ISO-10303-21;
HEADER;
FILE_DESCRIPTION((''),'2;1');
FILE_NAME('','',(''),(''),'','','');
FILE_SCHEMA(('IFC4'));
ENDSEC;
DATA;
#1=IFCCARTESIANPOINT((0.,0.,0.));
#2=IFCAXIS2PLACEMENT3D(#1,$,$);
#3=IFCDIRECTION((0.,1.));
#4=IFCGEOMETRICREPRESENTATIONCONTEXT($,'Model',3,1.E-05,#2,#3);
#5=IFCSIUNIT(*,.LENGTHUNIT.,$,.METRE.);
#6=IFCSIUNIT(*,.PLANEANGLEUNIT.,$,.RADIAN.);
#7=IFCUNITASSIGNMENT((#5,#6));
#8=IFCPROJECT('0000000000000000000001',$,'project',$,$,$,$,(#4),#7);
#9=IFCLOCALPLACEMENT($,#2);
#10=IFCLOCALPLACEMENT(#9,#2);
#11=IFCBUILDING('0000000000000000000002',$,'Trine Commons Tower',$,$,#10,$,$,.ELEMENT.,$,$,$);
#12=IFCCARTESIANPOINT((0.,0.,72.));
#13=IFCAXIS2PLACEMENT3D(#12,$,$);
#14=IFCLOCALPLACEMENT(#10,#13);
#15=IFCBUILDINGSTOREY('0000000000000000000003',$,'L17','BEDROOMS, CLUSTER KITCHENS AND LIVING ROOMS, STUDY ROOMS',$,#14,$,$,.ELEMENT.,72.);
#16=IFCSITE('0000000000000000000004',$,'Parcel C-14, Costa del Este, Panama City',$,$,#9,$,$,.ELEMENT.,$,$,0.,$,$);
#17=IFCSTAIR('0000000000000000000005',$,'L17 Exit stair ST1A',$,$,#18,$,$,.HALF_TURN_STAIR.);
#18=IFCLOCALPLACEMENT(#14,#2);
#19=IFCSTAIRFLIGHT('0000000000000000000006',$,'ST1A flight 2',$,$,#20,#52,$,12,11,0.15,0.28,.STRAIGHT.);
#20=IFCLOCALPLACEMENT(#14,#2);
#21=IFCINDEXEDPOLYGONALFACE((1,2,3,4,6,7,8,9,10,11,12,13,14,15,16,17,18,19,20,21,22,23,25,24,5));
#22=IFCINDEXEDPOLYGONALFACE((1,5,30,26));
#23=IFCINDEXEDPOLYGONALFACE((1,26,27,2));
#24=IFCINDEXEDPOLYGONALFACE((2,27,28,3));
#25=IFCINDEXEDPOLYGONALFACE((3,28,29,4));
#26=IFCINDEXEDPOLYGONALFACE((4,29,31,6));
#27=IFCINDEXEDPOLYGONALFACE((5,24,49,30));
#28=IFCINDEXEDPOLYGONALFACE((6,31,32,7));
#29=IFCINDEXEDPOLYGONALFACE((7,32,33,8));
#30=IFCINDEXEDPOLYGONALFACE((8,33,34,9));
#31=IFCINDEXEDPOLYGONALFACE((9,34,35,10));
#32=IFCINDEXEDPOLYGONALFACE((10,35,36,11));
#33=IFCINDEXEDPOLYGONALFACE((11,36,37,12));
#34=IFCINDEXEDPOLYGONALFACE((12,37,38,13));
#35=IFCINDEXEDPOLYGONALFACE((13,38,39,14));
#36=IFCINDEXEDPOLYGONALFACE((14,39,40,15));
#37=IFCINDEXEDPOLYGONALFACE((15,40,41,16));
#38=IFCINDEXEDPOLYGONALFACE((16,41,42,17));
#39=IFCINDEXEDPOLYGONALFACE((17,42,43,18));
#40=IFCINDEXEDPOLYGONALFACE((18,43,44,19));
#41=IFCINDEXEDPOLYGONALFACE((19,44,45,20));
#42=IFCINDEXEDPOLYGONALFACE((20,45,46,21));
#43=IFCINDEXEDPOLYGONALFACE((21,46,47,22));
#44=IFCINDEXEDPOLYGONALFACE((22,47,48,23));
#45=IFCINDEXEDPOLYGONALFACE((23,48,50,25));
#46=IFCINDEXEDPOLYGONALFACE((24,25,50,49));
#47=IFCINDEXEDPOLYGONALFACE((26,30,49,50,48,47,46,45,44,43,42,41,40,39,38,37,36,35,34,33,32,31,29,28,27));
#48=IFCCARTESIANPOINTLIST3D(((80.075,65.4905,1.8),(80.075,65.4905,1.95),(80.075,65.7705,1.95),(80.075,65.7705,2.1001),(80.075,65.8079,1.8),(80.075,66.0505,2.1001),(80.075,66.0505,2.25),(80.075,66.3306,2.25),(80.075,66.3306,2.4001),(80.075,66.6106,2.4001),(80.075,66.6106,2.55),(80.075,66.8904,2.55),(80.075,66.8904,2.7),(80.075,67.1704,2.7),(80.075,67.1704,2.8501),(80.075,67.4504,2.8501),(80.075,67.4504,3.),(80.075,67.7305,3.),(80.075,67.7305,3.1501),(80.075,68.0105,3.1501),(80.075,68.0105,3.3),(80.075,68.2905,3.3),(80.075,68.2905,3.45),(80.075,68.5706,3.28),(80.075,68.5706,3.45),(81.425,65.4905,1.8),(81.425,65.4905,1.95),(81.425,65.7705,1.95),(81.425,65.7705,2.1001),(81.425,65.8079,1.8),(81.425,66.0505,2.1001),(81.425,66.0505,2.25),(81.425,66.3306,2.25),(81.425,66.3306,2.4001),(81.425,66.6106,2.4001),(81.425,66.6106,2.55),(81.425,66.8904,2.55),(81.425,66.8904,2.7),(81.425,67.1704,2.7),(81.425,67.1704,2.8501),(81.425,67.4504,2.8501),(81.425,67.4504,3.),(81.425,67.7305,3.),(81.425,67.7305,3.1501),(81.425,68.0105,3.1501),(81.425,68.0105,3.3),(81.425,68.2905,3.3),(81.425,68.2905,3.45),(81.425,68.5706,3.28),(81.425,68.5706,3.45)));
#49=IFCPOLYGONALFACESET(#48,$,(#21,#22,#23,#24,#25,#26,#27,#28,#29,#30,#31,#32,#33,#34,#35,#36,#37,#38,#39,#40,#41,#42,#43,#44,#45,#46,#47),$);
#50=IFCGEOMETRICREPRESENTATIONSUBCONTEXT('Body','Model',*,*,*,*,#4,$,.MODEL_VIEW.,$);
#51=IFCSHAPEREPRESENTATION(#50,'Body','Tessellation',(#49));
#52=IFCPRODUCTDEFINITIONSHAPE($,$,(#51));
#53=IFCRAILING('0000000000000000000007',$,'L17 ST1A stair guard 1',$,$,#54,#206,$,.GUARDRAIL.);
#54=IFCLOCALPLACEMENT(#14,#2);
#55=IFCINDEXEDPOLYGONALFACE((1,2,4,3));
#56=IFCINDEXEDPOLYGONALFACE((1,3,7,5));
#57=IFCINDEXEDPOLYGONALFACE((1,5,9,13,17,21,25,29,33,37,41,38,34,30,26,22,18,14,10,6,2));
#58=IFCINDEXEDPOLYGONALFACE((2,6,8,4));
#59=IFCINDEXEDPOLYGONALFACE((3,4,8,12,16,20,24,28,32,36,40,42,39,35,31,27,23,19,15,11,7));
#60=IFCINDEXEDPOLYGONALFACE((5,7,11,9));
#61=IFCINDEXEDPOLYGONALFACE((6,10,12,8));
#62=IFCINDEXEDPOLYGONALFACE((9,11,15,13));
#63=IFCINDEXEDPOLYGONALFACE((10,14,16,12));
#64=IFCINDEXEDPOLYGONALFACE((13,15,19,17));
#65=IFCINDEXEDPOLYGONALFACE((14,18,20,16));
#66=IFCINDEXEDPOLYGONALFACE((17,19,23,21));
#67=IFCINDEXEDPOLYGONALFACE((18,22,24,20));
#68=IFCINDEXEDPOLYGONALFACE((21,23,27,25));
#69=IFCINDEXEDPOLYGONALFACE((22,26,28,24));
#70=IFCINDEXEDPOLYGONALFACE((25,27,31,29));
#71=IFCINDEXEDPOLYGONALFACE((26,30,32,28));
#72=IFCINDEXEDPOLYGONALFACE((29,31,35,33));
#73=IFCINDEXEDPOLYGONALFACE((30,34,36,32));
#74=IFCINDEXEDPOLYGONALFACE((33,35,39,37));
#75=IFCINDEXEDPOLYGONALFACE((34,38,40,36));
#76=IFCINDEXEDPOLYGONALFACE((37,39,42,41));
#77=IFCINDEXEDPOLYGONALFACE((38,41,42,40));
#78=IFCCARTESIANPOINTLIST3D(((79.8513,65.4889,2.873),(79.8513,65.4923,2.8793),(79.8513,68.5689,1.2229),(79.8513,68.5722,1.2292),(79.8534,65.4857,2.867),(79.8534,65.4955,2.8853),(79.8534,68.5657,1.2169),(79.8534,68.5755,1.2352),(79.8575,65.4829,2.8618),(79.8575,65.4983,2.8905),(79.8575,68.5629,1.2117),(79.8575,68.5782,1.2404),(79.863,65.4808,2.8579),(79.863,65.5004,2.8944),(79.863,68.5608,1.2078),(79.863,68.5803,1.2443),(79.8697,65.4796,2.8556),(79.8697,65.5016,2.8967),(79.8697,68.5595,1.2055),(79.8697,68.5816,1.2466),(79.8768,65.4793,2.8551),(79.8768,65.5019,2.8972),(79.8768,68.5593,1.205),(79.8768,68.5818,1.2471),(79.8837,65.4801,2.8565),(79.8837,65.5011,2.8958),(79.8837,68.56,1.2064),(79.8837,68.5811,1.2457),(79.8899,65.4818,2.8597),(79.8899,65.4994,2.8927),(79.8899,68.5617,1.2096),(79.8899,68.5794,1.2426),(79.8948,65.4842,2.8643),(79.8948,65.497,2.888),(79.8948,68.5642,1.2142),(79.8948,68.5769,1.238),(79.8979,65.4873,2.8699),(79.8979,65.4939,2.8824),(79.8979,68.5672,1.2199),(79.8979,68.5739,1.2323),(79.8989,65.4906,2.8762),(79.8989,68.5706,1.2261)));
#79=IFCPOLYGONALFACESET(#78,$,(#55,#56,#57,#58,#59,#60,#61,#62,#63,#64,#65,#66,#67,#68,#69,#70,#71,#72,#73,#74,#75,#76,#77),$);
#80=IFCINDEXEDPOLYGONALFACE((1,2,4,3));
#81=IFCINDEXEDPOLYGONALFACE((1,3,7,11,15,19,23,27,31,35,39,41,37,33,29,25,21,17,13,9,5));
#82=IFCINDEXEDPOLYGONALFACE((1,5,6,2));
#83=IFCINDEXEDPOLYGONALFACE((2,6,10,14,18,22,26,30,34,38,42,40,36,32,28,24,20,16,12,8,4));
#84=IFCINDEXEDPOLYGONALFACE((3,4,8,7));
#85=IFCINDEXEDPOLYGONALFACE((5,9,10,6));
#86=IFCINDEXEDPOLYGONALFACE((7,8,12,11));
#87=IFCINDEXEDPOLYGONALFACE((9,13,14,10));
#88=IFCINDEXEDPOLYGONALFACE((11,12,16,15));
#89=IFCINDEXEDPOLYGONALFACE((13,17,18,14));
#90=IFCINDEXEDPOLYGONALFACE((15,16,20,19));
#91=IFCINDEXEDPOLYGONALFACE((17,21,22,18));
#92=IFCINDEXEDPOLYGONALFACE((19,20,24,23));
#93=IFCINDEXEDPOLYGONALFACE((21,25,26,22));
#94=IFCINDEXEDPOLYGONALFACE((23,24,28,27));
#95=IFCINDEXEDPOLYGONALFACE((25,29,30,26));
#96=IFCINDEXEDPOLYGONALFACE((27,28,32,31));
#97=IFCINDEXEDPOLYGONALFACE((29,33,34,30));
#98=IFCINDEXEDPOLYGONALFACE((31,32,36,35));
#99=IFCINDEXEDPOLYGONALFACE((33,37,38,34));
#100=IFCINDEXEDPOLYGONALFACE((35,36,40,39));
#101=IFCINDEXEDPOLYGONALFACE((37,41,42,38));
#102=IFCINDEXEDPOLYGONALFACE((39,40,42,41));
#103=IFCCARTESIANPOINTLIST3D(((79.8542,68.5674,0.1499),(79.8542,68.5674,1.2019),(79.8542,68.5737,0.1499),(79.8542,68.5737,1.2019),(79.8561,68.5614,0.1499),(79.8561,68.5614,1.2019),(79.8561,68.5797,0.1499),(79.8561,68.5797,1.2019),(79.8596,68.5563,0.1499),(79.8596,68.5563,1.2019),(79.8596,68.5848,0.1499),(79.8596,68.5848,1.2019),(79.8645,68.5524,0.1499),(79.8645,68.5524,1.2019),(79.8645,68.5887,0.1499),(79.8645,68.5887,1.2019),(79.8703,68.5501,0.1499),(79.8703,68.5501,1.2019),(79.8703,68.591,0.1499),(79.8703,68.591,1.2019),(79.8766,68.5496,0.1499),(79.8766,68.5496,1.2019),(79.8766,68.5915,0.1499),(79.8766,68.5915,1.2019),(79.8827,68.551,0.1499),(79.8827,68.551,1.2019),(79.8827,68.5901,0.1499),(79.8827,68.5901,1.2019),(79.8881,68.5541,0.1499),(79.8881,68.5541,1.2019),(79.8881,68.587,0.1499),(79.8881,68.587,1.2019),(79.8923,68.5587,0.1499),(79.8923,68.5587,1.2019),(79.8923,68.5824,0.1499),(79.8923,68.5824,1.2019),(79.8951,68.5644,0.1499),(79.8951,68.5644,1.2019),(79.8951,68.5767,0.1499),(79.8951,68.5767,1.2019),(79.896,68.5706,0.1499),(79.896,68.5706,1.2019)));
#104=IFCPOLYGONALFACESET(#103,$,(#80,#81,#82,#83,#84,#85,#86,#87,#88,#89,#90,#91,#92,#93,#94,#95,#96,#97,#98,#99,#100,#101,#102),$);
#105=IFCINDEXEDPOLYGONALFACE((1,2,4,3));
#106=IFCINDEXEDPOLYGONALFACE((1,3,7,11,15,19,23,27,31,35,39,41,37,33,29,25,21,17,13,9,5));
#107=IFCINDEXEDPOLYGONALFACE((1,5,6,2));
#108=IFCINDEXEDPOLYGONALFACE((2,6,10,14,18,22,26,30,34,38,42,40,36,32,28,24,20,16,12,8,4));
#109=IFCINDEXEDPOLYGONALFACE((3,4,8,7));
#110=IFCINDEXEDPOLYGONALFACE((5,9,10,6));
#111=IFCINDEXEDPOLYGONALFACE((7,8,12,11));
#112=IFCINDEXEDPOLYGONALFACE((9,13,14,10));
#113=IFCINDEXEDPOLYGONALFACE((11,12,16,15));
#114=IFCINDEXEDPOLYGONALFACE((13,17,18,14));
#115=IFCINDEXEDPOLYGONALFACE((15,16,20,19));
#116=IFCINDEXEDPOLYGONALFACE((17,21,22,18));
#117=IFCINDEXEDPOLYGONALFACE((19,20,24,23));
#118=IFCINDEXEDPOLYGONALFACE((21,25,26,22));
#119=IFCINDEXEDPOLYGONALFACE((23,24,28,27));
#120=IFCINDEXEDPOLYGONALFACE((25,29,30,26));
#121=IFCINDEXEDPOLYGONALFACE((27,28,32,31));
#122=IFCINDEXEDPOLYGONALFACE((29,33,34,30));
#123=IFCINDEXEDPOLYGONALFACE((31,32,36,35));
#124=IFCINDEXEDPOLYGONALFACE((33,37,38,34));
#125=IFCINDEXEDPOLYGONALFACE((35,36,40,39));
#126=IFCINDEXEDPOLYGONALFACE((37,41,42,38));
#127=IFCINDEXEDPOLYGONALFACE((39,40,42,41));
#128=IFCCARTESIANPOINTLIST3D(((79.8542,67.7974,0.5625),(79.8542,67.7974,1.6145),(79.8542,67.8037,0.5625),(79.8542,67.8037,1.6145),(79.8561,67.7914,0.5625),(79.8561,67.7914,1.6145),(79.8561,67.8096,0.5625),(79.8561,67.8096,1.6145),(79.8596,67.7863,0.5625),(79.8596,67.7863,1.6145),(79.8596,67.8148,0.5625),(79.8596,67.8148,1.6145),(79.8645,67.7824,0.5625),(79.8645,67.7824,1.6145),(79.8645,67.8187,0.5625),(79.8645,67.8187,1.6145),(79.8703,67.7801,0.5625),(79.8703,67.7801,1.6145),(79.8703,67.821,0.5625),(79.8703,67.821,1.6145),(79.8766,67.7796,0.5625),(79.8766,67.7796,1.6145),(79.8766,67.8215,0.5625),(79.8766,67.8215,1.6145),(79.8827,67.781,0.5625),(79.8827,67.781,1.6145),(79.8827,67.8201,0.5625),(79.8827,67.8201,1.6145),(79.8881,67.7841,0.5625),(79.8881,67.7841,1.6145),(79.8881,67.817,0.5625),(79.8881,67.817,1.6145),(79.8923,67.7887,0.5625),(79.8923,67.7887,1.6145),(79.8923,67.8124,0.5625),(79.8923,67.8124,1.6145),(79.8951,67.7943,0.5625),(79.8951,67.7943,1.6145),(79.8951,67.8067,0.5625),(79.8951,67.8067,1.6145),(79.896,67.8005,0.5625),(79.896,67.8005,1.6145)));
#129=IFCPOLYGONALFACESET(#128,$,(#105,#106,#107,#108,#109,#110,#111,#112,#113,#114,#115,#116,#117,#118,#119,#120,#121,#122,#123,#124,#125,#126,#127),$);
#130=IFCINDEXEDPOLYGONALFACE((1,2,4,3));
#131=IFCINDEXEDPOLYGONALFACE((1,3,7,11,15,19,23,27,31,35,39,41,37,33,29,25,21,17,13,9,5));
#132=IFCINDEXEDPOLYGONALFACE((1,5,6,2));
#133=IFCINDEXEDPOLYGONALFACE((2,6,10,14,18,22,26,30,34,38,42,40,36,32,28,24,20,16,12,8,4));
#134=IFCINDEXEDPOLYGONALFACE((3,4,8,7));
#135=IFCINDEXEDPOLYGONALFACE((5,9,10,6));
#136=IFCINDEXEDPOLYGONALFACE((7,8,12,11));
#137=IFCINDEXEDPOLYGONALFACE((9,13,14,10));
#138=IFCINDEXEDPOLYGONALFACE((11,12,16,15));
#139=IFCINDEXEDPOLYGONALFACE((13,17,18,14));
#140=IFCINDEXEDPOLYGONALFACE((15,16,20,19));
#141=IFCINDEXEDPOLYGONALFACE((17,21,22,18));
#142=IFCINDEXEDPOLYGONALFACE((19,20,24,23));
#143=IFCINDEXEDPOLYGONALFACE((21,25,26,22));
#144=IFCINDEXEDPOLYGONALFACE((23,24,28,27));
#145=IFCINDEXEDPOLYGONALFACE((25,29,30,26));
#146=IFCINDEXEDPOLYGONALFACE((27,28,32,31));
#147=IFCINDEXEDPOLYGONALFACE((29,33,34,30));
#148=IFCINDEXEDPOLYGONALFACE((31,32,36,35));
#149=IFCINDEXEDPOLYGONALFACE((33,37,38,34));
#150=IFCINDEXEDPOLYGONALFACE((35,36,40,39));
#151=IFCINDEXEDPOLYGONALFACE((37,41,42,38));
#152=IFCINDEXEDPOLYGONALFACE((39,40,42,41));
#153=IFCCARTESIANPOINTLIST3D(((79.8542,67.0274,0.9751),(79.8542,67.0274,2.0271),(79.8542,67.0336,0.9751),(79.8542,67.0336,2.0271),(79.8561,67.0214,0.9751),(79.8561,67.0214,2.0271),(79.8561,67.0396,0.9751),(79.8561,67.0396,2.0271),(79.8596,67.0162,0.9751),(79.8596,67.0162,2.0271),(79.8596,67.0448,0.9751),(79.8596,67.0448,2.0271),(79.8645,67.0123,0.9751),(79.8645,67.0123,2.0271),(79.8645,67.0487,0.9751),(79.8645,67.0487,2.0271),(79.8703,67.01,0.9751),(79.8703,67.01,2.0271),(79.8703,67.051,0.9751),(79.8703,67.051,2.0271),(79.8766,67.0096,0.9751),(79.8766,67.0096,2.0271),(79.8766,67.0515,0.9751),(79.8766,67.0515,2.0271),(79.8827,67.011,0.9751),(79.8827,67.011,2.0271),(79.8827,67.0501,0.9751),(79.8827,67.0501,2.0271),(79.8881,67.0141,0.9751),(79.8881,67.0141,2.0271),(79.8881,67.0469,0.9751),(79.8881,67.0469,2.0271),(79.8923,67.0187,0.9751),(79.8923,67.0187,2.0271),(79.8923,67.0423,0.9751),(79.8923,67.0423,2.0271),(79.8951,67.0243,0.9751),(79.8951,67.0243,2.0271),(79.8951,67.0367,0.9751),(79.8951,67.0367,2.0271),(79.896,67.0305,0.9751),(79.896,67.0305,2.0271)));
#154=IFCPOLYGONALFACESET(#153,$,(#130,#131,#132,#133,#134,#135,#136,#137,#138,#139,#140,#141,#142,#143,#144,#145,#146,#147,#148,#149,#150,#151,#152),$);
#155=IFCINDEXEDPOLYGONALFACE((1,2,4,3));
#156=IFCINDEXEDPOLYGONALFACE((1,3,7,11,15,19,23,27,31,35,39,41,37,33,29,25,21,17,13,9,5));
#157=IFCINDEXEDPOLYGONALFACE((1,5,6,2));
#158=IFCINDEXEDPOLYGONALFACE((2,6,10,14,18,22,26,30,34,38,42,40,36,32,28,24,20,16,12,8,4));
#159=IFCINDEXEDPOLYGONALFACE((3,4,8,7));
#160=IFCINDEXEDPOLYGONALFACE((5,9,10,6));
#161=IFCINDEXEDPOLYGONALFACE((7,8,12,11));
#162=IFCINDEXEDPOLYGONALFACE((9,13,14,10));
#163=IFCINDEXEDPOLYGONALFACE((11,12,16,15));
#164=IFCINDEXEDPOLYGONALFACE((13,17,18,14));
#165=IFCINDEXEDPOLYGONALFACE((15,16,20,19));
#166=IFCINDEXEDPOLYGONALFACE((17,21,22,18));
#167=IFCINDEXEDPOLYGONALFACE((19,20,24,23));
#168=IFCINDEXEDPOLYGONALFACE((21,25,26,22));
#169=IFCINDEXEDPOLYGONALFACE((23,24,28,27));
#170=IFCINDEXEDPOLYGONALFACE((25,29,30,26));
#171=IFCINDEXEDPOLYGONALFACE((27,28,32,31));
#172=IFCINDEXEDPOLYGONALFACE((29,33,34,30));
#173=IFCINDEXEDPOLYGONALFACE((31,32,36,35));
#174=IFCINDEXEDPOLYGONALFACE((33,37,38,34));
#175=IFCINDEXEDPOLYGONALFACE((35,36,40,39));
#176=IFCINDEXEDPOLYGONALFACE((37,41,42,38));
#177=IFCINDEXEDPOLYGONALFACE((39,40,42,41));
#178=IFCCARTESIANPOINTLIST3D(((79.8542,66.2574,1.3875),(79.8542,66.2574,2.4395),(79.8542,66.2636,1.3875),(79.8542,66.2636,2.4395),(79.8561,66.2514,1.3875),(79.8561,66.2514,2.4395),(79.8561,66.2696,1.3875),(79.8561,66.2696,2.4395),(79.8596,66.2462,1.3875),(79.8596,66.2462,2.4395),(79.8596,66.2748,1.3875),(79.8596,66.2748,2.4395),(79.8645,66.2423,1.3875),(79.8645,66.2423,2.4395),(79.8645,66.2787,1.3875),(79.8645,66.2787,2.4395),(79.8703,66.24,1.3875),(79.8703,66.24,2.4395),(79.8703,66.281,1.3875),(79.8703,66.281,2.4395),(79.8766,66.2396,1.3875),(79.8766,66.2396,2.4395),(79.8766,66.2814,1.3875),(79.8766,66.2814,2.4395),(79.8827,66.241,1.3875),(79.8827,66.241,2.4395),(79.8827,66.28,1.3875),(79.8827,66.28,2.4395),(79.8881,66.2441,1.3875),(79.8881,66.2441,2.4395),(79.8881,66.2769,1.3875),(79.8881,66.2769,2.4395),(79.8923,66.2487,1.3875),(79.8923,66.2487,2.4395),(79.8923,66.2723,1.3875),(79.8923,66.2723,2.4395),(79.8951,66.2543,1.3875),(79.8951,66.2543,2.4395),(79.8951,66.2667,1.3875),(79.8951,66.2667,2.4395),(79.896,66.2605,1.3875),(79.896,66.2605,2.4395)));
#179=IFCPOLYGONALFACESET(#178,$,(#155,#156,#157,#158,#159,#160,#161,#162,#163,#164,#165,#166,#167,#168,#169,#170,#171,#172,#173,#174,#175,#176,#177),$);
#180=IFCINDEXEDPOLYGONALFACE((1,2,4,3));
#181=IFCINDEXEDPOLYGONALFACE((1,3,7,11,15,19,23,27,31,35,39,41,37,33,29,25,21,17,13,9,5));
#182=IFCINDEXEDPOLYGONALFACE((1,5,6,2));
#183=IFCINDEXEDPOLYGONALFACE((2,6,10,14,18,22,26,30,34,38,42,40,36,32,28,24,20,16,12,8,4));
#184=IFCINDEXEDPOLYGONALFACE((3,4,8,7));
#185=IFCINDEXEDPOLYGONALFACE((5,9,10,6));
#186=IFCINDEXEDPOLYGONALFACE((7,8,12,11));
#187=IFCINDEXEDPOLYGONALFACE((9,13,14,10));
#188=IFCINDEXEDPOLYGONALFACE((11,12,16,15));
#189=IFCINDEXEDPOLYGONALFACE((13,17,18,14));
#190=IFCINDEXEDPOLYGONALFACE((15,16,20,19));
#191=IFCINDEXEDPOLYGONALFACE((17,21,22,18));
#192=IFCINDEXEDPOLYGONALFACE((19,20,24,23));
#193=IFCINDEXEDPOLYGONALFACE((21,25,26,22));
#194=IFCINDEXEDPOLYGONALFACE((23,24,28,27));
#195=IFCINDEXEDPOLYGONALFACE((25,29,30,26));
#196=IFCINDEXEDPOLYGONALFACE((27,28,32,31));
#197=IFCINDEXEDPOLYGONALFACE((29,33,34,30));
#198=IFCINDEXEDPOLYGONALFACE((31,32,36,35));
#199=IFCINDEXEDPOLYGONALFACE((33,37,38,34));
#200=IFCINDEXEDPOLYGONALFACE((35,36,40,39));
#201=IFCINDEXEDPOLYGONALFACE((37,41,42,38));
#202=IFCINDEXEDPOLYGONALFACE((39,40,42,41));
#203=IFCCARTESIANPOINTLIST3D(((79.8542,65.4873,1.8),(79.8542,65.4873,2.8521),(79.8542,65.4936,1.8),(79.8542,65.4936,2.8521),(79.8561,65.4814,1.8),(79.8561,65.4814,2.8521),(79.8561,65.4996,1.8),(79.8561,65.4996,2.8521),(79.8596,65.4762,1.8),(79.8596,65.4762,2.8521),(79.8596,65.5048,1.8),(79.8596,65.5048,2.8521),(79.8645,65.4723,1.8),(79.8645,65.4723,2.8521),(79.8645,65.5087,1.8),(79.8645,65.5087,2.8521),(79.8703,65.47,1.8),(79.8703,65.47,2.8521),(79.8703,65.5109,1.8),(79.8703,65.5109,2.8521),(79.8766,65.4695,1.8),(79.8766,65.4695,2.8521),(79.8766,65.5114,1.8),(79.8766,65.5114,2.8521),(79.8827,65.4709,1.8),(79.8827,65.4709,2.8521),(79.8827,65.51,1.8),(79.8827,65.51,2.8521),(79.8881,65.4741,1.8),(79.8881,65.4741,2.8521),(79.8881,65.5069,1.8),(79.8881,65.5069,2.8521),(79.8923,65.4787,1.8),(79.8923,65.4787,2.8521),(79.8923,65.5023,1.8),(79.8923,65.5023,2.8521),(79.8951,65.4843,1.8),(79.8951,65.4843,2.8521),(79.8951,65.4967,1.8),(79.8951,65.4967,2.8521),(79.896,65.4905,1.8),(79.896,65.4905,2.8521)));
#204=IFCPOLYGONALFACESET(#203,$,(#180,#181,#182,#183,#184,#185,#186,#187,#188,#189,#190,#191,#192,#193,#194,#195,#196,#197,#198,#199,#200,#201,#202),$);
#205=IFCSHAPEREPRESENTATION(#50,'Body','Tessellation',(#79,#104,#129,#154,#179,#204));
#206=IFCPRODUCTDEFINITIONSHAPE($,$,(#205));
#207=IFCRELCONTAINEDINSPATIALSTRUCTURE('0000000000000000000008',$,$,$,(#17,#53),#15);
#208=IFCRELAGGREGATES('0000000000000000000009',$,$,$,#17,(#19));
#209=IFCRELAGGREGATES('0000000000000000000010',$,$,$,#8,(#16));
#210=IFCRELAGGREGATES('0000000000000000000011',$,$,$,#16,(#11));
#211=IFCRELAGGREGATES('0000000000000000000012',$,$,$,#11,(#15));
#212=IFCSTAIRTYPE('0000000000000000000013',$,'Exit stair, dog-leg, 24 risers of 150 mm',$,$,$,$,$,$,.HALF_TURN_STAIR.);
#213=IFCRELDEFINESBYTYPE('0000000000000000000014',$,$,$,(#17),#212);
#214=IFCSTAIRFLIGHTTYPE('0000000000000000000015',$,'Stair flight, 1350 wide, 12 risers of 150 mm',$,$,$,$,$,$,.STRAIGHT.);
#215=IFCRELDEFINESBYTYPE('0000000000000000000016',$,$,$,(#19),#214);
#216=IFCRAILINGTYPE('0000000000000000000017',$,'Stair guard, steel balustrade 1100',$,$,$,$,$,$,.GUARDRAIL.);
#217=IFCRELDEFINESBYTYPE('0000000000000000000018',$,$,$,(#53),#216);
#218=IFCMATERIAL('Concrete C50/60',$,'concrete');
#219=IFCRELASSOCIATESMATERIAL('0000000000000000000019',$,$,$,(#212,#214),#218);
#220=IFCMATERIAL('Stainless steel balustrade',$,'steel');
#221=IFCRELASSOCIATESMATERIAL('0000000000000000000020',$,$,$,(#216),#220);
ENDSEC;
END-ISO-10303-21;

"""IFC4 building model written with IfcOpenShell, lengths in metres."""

from ifc_helpers import new_model, si_unit, direction, frame, origin, origin_2d, place, context, subcontext, project, spatial, polyline, circle, outline, extrude, material, type_object, element, aggregate, save


model = new_model("IFC4")

# Units and contexts
model_context = context("Model", 3, precision=1e-05, world=origin(), true_north=direction((0.0, 1.0)))
body_context = subcontext(model_context, "Body", "Model", "MODEL_VIEW")
ifc_project = project(units=[si_unit("LENGTHUNIT", "METRE"), si_unit("PLANEANGLEUNIT", "RADIAN")], contexts=[model_context])

# Site, building, storey
site_placement = place(None, origin())
site = spatial("IfcSite", under=ifc_project, at=site_placement, Name="Parcel C-14, Costa del Este, Panama City", CompositionType="ELEMENT", RefElevation=0.0)
building_placement = place(site_placement, origin())
building = spatial("IfcBuilding", under=site, at=building_placement, Name="Trine Commons Tower", CompositionType="ELEMENT")
storey_placement = place(building_placement, frame((0.0, 0.0, 72.0)))
storey = spatial("IfcBuildingStorey", under=building, at=storey_placement, Name="L17", Description="BEDROOMS, CLUSTER KITCHENS AND LIVING ROOMS, STUDY ROOMS", CompositionType="ELEMENT", Elevation=72.0)

# Shared definitions
ifc_material_1 = material(Name="Concrete C50/60", Category="concrete")

# Stair, stair flight
stair_type = type_object("IfcStairType", Name="Exit stair, dog-leg, 24 risers of 150 mm", PredefinedType="HALF_TURN_STAIR", material=ifc_material_1)
stair_placement = place(storey_placement, origin())
stair = element("IfcStair", 1, at=stair_placement, inside=storey, type_object=stair_type, Name="L17 Exit stair ST1A", PredefinedType="HALF_TURN_STAIR")
stair_flight_type = type_object("IfcStairFlightType", Name="Stair flight, 1350 wide, 12 risers of 150 mm", PredefinedType="STRAIGHT", material=ifc_material_1)
stair_flight_placement = place(storey_placement, frame((80.75, 65.4905, 1.8), z_axis=(0.0, 0.0, 1.0), x_axis=(0.0, 1.0, 0.0)))
stair_flight = element("IfcStairFlight", 2, at=stair_flight_placement, type_object=stair_flight_type, Name="ST1A flight 2", NumberOfRisers=12, NumberOfTreads=11, PredefinedType="STRAIGHT", RiserHeight=0.15, TreadLength=0.28, context=body_context, shape_type="SweptSolid", body=[
    extrude(outline(polyline([(0.0, 0.0), (0.0, 0.1499), (0.28, 0.1499), (0.28, 0.3), (0.5601, 0.3), (0.5601, 0.45), (0.8401, 0.45), (0.8401, 0.6001), (1.1201, 0.6001), (1.1201, 0.75), (1.3999, 0.75), (1.3999, 0.8999), (1.6799, 0.8999), (1.6799, 1.05), (1.96, 1.05), (1.96, 1.2), (2.24, 1.2), (2.24, 1.3501), (2.52, 1.3501), (2.52, 1.5), (2.8, 1.5), (2.8, 1.6499), (3.0801, 1.6499), (3.0801, 1.8), (3.0801, 1.48), (0.3174, 0.0), (0.0, 0.0)])), frame((0.0, 0.675, 0.0), z_axis=(0.0, -1.0, 0.0), x_axis=(1.0, 0.0, 0.0)), (0.0, 0.0, 1.0), 1.3501),
])
aggregate(stair, [stair_flight])

# Railing
ifc_material_2 = material(Name="Stainless steel balustrade", Category="steel")
railing_type_1 = type_object("IfcRailingType", Name="Stair guard, steel balustrade 1100", PredefinedType="GUARDRAIL", material=ifc_material_2)
railing_1_placement = place(storey_placement, frame((79.875, 68.5706, 0.1499)))
element("IfcRailing", 3, at=railing_1_placement, inside=storey, type_object=railing_type_1, Name="L17 ST1A stair guard 1", PredefinedType="GUARDRAIL", context=body_context, shape_type="SweptSolid", body=[
    extrude(circle(Radius=0.0239, at=origin_2d()), frame((0.0, 0.0, 1.0762), z_axis=(0.0, -0.881468, 0.472245), x_axis=(1.0, 0.0, 0.0)), (0.0, 0.0, 1.0), 3.4941),
    extrude(circle(Radius=0.021, at=origin_2d()), origin(), (0.0, 0.0, 1.0), 1.052),
    extrude(circle(Radius=0.021, at=origin_2d()), frame((0.0, -0.77, 0.4126)), (0.0, 0.0, 1.0), 1.052),
    extrude(circle(Radius=0.021, at=origin_2d()), frame((0.0, -1.54, 0.8252)), (0.0, 0.0, 1.0), 1.052),
    extrude(circle(Radius=0.021, at=origin_2d()), frame((0.0, -2.3101, 1.2375)), (0.0, 0.0, 1.0), 1.052),
    extrude(circle(Radius=0.021, at=origin_2d()), frame((0.0, -3.0801, 1.6501)), (0.0, 0.0, 1.0), 1.052),
])

save(model, "model.ifc")
